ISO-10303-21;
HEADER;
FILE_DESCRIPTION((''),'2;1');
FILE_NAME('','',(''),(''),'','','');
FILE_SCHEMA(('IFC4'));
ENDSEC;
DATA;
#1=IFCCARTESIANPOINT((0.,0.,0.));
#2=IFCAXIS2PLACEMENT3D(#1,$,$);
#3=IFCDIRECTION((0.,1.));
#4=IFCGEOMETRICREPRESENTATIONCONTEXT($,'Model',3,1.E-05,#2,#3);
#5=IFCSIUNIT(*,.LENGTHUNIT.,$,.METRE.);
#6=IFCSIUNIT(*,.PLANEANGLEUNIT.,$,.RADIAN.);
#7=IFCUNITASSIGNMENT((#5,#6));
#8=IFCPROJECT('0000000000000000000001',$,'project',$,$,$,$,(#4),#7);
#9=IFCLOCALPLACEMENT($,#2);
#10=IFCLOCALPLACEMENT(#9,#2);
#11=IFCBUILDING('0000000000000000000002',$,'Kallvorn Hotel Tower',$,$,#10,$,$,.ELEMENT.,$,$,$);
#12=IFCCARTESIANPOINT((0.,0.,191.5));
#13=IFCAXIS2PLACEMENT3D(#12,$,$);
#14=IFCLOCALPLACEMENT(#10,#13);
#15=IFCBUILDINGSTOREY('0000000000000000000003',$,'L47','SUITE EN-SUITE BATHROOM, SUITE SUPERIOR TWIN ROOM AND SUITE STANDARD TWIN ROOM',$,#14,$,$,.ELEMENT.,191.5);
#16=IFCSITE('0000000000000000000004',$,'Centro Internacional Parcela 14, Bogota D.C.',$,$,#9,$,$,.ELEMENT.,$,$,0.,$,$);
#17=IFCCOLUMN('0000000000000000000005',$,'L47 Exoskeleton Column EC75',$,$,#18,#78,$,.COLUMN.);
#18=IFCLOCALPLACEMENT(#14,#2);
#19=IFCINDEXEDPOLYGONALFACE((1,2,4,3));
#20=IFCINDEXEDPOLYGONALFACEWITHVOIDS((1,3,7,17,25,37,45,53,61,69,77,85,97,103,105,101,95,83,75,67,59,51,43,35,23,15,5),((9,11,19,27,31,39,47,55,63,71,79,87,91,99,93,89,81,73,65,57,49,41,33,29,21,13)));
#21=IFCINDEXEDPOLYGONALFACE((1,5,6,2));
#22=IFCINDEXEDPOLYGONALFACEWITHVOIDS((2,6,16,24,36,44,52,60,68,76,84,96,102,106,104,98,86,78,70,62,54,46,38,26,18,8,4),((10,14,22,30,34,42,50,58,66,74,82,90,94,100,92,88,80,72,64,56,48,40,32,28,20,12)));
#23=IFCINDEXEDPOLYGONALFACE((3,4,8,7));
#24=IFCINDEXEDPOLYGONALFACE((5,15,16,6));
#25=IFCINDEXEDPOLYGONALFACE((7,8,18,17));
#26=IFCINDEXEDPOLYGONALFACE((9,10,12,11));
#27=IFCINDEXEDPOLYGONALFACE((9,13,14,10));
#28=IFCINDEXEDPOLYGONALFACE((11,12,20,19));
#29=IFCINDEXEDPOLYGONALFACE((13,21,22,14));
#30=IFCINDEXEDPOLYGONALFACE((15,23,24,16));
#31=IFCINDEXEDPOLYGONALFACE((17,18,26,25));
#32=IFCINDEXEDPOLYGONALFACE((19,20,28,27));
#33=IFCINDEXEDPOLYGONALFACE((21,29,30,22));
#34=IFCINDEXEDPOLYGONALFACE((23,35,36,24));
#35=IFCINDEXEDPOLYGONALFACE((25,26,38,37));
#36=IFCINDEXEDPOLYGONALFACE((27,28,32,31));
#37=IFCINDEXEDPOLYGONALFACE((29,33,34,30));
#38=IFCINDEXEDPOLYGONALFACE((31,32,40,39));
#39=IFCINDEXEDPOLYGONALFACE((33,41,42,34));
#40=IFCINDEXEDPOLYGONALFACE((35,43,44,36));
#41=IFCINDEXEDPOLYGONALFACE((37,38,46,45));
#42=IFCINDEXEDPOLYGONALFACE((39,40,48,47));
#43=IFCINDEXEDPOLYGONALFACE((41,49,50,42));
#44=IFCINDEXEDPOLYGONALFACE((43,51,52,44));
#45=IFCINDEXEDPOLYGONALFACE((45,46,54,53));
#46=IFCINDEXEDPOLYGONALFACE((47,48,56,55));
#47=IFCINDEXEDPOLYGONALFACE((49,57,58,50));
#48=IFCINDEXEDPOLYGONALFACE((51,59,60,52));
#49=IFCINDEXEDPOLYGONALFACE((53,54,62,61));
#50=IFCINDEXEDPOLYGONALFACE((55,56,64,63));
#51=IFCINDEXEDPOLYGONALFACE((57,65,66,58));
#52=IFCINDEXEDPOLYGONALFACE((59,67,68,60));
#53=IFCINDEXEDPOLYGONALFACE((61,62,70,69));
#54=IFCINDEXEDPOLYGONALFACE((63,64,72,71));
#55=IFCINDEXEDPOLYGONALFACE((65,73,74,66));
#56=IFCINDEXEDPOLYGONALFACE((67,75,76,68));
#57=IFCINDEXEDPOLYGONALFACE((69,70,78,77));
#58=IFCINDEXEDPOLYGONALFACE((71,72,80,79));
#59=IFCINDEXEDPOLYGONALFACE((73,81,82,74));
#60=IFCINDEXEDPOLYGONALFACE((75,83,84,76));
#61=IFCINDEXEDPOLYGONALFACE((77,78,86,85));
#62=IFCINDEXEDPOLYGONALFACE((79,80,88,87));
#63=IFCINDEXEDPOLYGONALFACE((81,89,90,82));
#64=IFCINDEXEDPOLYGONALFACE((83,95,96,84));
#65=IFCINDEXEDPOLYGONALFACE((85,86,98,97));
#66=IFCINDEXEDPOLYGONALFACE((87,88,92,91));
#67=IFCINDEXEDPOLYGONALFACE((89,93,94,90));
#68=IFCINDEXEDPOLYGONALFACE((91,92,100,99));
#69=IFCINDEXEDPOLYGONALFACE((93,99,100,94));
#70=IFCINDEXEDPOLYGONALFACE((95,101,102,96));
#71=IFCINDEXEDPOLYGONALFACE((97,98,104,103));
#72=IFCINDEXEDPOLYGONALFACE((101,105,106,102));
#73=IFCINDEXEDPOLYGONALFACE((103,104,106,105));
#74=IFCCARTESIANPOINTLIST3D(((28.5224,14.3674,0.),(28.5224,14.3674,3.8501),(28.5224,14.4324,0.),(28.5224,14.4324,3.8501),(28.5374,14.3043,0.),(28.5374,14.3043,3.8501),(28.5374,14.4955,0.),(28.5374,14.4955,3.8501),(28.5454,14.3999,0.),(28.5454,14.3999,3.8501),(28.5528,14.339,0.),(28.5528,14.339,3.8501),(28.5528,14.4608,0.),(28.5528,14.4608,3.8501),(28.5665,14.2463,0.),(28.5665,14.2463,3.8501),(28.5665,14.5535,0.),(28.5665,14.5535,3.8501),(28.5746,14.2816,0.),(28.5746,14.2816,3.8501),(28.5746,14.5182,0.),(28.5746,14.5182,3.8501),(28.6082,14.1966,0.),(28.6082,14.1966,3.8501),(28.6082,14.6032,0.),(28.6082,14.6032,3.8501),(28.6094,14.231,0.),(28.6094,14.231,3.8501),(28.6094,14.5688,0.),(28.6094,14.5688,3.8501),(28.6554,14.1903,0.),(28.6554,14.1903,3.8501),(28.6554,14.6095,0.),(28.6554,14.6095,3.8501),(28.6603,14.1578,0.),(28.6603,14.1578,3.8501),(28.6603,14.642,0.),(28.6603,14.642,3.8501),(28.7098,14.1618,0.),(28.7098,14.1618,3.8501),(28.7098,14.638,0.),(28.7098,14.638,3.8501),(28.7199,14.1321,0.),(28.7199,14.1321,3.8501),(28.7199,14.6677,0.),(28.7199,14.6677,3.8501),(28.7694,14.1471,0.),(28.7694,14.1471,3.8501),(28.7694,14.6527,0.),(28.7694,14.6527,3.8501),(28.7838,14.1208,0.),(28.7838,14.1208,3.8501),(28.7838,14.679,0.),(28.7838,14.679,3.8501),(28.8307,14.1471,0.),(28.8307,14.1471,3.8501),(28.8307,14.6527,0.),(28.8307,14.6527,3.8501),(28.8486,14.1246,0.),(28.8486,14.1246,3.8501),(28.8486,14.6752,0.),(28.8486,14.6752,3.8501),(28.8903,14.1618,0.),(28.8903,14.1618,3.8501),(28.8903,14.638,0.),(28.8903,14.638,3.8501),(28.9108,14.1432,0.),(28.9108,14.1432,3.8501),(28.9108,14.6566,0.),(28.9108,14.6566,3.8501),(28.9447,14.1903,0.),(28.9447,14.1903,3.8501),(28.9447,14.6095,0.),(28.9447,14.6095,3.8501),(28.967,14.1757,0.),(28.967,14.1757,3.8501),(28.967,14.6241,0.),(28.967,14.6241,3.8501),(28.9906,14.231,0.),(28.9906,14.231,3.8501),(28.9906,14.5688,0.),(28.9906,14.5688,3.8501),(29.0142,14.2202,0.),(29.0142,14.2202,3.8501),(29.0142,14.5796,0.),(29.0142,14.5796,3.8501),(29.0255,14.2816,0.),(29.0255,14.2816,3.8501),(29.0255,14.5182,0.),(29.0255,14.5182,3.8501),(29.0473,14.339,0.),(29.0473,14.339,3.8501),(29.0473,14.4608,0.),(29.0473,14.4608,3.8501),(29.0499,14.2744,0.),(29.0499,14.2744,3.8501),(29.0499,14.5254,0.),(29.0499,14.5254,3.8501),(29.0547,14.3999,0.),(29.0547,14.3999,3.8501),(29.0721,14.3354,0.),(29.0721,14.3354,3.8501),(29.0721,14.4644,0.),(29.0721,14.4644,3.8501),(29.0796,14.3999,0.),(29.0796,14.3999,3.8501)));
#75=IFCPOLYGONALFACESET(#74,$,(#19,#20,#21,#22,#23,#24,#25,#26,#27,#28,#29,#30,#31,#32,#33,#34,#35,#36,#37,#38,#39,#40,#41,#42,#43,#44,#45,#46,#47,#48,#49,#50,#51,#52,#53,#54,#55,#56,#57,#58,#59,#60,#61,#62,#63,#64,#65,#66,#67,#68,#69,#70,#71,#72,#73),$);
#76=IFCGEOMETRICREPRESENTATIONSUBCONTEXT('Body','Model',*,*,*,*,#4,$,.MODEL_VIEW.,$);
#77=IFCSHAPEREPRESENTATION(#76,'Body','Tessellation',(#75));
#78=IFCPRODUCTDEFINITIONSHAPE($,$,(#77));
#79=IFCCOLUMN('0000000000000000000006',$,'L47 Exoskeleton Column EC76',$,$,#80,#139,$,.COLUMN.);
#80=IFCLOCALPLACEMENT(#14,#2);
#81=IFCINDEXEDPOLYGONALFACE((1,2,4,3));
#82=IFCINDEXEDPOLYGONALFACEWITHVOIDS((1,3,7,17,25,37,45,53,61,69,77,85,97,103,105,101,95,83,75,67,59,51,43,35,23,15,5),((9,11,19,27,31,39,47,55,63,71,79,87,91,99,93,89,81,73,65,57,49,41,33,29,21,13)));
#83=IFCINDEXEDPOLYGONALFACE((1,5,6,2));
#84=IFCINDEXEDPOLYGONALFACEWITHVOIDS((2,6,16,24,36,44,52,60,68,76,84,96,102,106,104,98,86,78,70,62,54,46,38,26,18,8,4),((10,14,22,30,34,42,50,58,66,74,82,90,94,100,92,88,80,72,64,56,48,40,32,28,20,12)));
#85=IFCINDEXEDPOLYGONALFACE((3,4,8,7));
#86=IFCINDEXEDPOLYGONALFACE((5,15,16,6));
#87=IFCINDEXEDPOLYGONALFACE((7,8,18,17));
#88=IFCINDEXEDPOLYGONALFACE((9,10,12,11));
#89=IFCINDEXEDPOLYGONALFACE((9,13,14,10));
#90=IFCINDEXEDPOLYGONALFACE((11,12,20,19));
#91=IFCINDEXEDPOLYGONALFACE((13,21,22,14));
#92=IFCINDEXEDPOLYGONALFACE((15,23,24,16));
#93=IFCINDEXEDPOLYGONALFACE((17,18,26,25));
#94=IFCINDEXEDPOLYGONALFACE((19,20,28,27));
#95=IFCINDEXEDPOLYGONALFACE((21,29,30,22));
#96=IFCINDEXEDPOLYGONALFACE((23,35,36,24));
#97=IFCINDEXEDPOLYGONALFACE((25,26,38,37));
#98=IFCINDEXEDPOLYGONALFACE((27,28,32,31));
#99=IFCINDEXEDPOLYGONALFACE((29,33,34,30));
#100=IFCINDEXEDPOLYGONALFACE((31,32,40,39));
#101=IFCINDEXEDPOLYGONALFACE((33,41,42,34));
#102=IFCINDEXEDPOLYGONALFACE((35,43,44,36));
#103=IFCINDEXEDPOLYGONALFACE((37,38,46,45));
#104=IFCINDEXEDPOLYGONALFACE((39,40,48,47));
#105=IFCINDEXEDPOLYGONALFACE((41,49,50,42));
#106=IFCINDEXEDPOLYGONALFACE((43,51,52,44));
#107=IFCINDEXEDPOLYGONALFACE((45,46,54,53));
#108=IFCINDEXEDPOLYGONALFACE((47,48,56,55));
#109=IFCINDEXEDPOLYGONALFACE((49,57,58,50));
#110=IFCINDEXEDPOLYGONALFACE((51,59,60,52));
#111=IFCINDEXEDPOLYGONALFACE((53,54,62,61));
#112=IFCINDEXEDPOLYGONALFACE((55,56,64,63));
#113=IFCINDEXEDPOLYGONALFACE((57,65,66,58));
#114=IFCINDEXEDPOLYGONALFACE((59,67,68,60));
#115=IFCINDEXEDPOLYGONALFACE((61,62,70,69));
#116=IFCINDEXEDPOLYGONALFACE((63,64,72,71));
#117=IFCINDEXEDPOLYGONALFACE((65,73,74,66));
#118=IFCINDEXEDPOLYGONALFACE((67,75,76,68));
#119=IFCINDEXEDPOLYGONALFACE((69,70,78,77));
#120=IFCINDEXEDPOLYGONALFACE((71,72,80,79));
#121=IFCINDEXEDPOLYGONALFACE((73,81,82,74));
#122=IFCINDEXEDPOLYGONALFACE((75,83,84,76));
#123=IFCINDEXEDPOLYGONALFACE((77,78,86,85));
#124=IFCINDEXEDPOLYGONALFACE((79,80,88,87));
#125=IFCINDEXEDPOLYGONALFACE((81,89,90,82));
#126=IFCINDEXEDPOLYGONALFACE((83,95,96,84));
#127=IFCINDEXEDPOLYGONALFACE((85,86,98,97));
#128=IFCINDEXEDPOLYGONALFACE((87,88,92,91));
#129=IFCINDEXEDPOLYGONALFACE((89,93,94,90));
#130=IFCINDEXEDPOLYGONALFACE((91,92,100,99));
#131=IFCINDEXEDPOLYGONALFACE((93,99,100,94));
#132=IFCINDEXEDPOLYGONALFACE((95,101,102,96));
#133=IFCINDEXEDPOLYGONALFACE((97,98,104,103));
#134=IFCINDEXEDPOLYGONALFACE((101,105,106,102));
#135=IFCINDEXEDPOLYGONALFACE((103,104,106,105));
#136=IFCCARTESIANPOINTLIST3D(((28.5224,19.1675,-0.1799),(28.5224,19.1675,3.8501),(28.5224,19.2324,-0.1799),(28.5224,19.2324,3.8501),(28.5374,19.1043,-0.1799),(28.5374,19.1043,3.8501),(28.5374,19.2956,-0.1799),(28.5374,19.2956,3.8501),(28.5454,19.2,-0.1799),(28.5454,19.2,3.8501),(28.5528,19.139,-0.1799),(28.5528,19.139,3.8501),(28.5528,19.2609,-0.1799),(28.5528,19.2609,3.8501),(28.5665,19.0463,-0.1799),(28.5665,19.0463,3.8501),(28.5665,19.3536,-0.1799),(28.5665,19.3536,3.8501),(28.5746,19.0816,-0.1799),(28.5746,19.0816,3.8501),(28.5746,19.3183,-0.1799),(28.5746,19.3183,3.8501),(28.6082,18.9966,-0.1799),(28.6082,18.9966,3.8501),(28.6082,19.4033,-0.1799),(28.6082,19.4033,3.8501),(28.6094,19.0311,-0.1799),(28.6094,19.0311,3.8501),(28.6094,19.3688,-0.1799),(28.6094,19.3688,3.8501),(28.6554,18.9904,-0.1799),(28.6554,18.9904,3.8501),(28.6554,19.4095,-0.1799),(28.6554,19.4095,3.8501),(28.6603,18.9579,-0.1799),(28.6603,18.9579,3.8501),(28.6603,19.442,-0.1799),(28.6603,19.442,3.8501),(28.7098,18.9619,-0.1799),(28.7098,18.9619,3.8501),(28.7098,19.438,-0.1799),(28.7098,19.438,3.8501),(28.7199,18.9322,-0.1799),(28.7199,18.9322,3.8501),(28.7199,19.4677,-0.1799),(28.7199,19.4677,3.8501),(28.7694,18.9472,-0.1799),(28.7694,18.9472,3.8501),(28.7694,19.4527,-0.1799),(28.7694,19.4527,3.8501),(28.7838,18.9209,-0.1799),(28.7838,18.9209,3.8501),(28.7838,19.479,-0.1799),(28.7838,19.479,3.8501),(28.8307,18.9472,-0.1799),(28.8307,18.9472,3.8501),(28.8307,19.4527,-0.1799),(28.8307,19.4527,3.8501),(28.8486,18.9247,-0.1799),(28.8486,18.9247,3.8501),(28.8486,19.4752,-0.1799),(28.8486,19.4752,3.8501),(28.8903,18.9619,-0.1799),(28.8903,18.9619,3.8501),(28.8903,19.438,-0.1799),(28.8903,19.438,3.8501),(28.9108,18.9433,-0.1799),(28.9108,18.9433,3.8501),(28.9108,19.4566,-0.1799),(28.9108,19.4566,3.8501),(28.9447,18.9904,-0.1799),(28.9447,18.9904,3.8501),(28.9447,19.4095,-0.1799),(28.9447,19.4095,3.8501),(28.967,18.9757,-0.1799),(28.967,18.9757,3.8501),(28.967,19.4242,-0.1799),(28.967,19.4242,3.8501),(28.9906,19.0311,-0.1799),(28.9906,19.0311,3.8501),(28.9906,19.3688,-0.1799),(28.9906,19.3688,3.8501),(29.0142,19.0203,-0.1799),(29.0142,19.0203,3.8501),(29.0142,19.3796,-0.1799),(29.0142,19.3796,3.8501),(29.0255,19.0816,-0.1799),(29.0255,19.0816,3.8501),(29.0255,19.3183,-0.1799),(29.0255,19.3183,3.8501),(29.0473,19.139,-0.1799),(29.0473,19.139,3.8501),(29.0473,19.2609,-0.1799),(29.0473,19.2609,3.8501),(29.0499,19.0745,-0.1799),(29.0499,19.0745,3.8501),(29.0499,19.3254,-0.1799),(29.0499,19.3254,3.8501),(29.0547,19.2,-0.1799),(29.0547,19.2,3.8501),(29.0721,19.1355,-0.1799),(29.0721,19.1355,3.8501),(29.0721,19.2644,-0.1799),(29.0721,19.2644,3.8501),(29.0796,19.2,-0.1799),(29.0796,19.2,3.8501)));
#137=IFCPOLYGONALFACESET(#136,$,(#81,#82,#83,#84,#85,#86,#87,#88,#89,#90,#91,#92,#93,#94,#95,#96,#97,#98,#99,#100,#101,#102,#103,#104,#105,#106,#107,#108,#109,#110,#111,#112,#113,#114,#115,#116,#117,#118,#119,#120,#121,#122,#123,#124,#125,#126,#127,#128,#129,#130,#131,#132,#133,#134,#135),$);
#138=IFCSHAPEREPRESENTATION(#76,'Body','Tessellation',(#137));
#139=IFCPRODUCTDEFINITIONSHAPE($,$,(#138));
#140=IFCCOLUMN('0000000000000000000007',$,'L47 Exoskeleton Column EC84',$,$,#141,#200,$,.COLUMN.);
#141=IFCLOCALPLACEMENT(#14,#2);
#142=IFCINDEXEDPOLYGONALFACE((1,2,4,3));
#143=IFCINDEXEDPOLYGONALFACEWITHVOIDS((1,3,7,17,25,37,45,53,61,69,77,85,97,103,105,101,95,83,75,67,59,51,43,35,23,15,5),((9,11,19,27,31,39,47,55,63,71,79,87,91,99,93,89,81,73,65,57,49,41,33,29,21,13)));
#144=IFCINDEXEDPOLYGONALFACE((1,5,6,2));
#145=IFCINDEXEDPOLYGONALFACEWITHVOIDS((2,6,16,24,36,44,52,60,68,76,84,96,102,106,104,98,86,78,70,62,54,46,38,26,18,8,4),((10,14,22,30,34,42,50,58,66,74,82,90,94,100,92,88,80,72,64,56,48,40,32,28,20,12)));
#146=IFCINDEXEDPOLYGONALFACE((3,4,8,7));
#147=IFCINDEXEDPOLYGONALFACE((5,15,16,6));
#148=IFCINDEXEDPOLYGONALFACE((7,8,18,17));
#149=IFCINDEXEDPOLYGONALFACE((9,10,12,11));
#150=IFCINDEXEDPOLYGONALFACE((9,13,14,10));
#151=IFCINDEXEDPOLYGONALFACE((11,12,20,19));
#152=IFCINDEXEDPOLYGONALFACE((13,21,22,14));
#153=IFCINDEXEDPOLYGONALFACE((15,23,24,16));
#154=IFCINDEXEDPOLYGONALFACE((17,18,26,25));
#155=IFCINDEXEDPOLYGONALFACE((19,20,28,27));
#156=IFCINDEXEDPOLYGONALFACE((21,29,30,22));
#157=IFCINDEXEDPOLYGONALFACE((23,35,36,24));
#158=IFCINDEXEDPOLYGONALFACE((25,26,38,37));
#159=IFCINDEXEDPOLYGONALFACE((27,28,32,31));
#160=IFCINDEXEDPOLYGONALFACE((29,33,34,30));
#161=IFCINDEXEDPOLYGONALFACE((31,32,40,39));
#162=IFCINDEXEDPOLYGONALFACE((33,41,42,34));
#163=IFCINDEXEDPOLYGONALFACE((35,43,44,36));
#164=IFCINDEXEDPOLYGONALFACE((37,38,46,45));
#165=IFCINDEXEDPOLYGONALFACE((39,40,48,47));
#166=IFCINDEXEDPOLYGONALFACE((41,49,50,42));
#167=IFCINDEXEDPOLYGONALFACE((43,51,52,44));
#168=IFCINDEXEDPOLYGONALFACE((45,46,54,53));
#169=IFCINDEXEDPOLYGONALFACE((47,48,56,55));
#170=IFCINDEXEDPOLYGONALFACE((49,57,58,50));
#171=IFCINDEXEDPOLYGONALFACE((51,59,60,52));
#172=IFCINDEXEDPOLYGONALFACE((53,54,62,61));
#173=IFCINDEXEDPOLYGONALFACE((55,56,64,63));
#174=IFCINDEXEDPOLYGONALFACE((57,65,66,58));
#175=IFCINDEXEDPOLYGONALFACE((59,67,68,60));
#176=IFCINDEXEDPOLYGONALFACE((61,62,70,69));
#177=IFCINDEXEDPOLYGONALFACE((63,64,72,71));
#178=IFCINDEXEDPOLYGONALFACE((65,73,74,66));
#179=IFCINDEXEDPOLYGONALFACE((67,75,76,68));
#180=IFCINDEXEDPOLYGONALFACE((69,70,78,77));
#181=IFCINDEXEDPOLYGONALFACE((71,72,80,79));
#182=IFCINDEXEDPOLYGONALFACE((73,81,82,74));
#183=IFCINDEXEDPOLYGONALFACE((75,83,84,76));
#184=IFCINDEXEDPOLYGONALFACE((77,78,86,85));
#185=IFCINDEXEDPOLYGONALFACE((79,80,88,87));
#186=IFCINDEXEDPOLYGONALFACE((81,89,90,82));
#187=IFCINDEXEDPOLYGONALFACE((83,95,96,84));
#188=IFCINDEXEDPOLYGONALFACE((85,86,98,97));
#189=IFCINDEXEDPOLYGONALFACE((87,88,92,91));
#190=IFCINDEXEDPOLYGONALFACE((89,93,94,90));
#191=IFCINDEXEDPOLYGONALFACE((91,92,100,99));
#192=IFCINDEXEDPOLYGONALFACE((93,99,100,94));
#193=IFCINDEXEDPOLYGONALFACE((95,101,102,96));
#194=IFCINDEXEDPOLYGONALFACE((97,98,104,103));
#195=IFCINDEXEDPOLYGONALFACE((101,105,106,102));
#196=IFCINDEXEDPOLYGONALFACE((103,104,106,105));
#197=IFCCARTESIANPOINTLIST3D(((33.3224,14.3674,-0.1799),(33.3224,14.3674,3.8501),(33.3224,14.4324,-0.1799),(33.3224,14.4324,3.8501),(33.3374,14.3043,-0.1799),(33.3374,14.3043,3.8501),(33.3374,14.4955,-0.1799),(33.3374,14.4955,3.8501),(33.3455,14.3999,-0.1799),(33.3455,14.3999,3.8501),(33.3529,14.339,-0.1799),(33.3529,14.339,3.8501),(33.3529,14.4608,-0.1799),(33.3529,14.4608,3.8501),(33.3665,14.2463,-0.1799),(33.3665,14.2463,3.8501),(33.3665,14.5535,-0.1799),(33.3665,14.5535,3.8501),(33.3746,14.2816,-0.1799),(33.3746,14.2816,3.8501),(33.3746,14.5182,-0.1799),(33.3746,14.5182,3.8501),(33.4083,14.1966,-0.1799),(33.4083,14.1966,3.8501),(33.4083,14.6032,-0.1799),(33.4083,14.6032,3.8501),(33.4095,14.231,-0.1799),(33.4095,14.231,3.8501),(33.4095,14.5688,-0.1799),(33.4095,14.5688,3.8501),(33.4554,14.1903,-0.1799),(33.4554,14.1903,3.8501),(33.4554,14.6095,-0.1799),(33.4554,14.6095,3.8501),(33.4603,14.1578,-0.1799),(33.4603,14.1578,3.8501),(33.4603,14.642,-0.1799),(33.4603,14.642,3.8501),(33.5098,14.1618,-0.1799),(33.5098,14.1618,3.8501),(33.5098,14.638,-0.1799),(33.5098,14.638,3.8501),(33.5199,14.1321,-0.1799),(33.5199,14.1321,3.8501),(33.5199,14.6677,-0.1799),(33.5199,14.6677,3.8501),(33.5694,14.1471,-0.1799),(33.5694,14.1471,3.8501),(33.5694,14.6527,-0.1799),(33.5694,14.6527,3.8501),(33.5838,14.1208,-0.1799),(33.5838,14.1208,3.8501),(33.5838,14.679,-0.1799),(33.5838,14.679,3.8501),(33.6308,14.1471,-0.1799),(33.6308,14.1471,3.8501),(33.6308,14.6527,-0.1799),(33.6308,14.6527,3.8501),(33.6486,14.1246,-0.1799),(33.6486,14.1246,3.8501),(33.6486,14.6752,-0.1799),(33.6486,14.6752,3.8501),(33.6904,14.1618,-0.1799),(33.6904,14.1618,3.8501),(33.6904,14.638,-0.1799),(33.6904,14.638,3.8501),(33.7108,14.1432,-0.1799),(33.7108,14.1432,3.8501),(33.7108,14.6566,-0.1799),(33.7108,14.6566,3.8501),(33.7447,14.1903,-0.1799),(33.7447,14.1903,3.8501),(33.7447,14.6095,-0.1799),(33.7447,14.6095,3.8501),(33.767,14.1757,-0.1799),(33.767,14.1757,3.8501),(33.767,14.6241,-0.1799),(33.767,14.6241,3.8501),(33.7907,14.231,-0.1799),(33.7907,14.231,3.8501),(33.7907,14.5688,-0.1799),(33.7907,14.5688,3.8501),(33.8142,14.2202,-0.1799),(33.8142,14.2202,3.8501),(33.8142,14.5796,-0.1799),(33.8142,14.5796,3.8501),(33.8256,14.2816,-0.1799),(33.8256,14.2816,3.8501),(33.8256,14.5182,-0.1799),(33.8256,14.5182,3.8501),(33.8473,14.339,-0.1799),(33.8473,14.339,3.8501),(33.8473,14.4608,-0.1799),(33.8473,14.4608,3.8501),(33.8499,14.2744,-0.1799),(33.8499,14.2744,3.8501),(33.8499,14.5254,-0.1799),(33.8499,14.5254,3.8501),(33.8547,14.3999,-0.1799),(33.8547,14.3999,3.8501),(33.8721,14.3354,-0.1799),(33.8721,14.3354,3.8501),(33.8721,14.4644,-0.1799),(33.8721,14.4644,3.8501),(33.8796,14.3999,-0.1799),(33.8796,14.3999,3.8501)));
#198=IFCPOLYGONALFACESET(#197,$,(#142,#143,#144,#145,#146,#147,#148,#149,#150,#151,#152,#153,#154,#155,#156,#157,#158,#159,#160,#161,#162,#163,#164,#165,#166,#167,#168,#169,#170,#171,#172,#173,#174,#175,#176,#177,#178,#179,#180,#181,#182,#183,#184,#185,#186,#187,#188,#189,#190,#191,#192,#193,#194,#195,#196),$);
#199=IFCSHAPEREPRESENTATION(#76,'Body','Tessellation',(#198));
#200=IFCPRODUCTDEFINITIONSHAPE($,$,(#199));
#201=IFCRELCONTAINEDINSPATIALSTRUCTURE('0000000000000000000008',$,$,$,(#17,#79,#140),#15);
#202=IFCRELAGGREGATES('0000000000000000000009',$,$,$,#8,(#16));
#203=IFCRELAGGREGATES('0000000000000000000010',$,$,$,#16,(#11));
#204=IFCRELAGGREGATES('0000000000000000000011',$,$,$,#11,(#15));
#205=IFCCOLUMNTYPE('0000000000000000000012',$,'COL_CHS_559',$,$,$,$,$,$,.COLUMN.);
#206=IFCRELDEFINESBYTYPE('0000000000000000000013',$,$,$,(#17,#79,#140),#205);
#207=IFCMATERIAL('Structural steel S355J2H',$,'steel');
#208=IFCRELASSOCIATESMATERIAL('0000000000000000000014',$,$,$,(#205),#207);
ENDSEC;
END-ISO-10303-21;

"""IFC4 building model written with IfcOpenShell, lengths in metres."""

from ifc_helpers import new_model, si_unit, direction, frame, origin, origin_2d, place, context, subcontext, project, spatial, hollow_circle, extrude, material, material_profile, profile_set, type_object, element, save


model = new_model("IFC4")

# Units and contexts
model_context = context("Model", 3, precision=1e-05, world=origin(), true_north=direction((0.0, 1.0)))
body_context = subcontext(model_context, "Body", "Model", "MODEL_VIEW")
ifc_project = project(units=[si_unit("LENGTHUNIT", "METRE"), si_unit("PLANEANGLEUNIT", "RADIAN")], contexts=[model_context])

# Site, building, storey
site_placement = place(None, origin())
site = spatial("IfcSite", under=ifc_project, at=site_placement, Name="Centro Internacional Parcela 14, Bogota D.C.", CompositionType="ELEMENT", RefElevation=0.0)
building_placement = place(site_placement, origin())
building = spatial("IfcBuilding", under=site, at=building_placement, Name="Kallvorn Hotel Tower", CompositionType="ELEMENT")
storey_placement = place(building_placement, frame((0.0, 0.0, 191.5)))
storey = spatial("IfcBuildingStorey", under=building, at=storey_placement, Name="L47", Description="SUITE EN-SUITE BATHROOM, SUITE SUPERIOR TWIN ROOM AND SUITE STANDARD TWIN ROOM", CompositionType="ELEMENT", Elevation=191.5)

# Columns
ifc_material_1 = material(Name="Structural steel S355J2H", Category="steel")
ifc_material_profile_1 = material_profile(ifc_material_1, hollow_circle(Radius=0.2795, WallThickness=0.0249, at=origin_2d()), Name="CHS 559x25")
ifc_profile_set_1 = profile_set([ifc_material_profile_1], Name="Structural steel S355J2H")
column_type_1 = type_object("IfcColumnType", Name="COL_CHS_559", PredefinedType="COLUMN", material=ifc_profile_set_1)
for number, where, z_axis, x_axis, name in (
    (1, (28.8, 14.3999, 0.0), (0.0, 0.0, 1.0), (1.0, 0.0, 0.0), "L47 Exoskeleton Column EC75"),
):
    element("IfcColumn", number, at=place(storey_placement, frame(where, z_axis=z_axis, x_axis=x_axis)), inside=storey, type_object=column_type_1, Name=name, PredefinedType="COLUMN", context=body_context, shape_type="SweptSolid", body=[
        extrude(hollow_circle(Radius=0.2795, WallThickness=0.0249, at=origin_2d()), origin(), (0.0, 0.0, 1.0), 3.8501),
    ])
for number, where, z_axis, x_axis, name in (
    (2, (28.8, 19.2, -0.1799), (0.0, 0.0, 1.0), (1.0, 0.0, 0.0), "L47 Exoskeleton Column EC76"),
    (3, (33.6001, 14.3999, -0.1799), (0.0, 0.0, 1.0), (1.0, 0.0, 0.0), "L47 Exoskeleton Column EC84"),
):
    element("IfcColumn", number, at=place(storey_placement, frame(where, z_axis=z_axis, x_axis=x_axis)), inside=storey, type_object=column_type_1, Name=name, PredefinedType="COLUMN", context=body_context, shape_type="SweptSolid", body=[
        extrude(hollow_circle(Radius=0.2795, WallThickness=0.0249, at=origin_2d()), origin(), (0.0, 0.0, 1.0), 4.03),
    ])

save(model, "model.ifc")
